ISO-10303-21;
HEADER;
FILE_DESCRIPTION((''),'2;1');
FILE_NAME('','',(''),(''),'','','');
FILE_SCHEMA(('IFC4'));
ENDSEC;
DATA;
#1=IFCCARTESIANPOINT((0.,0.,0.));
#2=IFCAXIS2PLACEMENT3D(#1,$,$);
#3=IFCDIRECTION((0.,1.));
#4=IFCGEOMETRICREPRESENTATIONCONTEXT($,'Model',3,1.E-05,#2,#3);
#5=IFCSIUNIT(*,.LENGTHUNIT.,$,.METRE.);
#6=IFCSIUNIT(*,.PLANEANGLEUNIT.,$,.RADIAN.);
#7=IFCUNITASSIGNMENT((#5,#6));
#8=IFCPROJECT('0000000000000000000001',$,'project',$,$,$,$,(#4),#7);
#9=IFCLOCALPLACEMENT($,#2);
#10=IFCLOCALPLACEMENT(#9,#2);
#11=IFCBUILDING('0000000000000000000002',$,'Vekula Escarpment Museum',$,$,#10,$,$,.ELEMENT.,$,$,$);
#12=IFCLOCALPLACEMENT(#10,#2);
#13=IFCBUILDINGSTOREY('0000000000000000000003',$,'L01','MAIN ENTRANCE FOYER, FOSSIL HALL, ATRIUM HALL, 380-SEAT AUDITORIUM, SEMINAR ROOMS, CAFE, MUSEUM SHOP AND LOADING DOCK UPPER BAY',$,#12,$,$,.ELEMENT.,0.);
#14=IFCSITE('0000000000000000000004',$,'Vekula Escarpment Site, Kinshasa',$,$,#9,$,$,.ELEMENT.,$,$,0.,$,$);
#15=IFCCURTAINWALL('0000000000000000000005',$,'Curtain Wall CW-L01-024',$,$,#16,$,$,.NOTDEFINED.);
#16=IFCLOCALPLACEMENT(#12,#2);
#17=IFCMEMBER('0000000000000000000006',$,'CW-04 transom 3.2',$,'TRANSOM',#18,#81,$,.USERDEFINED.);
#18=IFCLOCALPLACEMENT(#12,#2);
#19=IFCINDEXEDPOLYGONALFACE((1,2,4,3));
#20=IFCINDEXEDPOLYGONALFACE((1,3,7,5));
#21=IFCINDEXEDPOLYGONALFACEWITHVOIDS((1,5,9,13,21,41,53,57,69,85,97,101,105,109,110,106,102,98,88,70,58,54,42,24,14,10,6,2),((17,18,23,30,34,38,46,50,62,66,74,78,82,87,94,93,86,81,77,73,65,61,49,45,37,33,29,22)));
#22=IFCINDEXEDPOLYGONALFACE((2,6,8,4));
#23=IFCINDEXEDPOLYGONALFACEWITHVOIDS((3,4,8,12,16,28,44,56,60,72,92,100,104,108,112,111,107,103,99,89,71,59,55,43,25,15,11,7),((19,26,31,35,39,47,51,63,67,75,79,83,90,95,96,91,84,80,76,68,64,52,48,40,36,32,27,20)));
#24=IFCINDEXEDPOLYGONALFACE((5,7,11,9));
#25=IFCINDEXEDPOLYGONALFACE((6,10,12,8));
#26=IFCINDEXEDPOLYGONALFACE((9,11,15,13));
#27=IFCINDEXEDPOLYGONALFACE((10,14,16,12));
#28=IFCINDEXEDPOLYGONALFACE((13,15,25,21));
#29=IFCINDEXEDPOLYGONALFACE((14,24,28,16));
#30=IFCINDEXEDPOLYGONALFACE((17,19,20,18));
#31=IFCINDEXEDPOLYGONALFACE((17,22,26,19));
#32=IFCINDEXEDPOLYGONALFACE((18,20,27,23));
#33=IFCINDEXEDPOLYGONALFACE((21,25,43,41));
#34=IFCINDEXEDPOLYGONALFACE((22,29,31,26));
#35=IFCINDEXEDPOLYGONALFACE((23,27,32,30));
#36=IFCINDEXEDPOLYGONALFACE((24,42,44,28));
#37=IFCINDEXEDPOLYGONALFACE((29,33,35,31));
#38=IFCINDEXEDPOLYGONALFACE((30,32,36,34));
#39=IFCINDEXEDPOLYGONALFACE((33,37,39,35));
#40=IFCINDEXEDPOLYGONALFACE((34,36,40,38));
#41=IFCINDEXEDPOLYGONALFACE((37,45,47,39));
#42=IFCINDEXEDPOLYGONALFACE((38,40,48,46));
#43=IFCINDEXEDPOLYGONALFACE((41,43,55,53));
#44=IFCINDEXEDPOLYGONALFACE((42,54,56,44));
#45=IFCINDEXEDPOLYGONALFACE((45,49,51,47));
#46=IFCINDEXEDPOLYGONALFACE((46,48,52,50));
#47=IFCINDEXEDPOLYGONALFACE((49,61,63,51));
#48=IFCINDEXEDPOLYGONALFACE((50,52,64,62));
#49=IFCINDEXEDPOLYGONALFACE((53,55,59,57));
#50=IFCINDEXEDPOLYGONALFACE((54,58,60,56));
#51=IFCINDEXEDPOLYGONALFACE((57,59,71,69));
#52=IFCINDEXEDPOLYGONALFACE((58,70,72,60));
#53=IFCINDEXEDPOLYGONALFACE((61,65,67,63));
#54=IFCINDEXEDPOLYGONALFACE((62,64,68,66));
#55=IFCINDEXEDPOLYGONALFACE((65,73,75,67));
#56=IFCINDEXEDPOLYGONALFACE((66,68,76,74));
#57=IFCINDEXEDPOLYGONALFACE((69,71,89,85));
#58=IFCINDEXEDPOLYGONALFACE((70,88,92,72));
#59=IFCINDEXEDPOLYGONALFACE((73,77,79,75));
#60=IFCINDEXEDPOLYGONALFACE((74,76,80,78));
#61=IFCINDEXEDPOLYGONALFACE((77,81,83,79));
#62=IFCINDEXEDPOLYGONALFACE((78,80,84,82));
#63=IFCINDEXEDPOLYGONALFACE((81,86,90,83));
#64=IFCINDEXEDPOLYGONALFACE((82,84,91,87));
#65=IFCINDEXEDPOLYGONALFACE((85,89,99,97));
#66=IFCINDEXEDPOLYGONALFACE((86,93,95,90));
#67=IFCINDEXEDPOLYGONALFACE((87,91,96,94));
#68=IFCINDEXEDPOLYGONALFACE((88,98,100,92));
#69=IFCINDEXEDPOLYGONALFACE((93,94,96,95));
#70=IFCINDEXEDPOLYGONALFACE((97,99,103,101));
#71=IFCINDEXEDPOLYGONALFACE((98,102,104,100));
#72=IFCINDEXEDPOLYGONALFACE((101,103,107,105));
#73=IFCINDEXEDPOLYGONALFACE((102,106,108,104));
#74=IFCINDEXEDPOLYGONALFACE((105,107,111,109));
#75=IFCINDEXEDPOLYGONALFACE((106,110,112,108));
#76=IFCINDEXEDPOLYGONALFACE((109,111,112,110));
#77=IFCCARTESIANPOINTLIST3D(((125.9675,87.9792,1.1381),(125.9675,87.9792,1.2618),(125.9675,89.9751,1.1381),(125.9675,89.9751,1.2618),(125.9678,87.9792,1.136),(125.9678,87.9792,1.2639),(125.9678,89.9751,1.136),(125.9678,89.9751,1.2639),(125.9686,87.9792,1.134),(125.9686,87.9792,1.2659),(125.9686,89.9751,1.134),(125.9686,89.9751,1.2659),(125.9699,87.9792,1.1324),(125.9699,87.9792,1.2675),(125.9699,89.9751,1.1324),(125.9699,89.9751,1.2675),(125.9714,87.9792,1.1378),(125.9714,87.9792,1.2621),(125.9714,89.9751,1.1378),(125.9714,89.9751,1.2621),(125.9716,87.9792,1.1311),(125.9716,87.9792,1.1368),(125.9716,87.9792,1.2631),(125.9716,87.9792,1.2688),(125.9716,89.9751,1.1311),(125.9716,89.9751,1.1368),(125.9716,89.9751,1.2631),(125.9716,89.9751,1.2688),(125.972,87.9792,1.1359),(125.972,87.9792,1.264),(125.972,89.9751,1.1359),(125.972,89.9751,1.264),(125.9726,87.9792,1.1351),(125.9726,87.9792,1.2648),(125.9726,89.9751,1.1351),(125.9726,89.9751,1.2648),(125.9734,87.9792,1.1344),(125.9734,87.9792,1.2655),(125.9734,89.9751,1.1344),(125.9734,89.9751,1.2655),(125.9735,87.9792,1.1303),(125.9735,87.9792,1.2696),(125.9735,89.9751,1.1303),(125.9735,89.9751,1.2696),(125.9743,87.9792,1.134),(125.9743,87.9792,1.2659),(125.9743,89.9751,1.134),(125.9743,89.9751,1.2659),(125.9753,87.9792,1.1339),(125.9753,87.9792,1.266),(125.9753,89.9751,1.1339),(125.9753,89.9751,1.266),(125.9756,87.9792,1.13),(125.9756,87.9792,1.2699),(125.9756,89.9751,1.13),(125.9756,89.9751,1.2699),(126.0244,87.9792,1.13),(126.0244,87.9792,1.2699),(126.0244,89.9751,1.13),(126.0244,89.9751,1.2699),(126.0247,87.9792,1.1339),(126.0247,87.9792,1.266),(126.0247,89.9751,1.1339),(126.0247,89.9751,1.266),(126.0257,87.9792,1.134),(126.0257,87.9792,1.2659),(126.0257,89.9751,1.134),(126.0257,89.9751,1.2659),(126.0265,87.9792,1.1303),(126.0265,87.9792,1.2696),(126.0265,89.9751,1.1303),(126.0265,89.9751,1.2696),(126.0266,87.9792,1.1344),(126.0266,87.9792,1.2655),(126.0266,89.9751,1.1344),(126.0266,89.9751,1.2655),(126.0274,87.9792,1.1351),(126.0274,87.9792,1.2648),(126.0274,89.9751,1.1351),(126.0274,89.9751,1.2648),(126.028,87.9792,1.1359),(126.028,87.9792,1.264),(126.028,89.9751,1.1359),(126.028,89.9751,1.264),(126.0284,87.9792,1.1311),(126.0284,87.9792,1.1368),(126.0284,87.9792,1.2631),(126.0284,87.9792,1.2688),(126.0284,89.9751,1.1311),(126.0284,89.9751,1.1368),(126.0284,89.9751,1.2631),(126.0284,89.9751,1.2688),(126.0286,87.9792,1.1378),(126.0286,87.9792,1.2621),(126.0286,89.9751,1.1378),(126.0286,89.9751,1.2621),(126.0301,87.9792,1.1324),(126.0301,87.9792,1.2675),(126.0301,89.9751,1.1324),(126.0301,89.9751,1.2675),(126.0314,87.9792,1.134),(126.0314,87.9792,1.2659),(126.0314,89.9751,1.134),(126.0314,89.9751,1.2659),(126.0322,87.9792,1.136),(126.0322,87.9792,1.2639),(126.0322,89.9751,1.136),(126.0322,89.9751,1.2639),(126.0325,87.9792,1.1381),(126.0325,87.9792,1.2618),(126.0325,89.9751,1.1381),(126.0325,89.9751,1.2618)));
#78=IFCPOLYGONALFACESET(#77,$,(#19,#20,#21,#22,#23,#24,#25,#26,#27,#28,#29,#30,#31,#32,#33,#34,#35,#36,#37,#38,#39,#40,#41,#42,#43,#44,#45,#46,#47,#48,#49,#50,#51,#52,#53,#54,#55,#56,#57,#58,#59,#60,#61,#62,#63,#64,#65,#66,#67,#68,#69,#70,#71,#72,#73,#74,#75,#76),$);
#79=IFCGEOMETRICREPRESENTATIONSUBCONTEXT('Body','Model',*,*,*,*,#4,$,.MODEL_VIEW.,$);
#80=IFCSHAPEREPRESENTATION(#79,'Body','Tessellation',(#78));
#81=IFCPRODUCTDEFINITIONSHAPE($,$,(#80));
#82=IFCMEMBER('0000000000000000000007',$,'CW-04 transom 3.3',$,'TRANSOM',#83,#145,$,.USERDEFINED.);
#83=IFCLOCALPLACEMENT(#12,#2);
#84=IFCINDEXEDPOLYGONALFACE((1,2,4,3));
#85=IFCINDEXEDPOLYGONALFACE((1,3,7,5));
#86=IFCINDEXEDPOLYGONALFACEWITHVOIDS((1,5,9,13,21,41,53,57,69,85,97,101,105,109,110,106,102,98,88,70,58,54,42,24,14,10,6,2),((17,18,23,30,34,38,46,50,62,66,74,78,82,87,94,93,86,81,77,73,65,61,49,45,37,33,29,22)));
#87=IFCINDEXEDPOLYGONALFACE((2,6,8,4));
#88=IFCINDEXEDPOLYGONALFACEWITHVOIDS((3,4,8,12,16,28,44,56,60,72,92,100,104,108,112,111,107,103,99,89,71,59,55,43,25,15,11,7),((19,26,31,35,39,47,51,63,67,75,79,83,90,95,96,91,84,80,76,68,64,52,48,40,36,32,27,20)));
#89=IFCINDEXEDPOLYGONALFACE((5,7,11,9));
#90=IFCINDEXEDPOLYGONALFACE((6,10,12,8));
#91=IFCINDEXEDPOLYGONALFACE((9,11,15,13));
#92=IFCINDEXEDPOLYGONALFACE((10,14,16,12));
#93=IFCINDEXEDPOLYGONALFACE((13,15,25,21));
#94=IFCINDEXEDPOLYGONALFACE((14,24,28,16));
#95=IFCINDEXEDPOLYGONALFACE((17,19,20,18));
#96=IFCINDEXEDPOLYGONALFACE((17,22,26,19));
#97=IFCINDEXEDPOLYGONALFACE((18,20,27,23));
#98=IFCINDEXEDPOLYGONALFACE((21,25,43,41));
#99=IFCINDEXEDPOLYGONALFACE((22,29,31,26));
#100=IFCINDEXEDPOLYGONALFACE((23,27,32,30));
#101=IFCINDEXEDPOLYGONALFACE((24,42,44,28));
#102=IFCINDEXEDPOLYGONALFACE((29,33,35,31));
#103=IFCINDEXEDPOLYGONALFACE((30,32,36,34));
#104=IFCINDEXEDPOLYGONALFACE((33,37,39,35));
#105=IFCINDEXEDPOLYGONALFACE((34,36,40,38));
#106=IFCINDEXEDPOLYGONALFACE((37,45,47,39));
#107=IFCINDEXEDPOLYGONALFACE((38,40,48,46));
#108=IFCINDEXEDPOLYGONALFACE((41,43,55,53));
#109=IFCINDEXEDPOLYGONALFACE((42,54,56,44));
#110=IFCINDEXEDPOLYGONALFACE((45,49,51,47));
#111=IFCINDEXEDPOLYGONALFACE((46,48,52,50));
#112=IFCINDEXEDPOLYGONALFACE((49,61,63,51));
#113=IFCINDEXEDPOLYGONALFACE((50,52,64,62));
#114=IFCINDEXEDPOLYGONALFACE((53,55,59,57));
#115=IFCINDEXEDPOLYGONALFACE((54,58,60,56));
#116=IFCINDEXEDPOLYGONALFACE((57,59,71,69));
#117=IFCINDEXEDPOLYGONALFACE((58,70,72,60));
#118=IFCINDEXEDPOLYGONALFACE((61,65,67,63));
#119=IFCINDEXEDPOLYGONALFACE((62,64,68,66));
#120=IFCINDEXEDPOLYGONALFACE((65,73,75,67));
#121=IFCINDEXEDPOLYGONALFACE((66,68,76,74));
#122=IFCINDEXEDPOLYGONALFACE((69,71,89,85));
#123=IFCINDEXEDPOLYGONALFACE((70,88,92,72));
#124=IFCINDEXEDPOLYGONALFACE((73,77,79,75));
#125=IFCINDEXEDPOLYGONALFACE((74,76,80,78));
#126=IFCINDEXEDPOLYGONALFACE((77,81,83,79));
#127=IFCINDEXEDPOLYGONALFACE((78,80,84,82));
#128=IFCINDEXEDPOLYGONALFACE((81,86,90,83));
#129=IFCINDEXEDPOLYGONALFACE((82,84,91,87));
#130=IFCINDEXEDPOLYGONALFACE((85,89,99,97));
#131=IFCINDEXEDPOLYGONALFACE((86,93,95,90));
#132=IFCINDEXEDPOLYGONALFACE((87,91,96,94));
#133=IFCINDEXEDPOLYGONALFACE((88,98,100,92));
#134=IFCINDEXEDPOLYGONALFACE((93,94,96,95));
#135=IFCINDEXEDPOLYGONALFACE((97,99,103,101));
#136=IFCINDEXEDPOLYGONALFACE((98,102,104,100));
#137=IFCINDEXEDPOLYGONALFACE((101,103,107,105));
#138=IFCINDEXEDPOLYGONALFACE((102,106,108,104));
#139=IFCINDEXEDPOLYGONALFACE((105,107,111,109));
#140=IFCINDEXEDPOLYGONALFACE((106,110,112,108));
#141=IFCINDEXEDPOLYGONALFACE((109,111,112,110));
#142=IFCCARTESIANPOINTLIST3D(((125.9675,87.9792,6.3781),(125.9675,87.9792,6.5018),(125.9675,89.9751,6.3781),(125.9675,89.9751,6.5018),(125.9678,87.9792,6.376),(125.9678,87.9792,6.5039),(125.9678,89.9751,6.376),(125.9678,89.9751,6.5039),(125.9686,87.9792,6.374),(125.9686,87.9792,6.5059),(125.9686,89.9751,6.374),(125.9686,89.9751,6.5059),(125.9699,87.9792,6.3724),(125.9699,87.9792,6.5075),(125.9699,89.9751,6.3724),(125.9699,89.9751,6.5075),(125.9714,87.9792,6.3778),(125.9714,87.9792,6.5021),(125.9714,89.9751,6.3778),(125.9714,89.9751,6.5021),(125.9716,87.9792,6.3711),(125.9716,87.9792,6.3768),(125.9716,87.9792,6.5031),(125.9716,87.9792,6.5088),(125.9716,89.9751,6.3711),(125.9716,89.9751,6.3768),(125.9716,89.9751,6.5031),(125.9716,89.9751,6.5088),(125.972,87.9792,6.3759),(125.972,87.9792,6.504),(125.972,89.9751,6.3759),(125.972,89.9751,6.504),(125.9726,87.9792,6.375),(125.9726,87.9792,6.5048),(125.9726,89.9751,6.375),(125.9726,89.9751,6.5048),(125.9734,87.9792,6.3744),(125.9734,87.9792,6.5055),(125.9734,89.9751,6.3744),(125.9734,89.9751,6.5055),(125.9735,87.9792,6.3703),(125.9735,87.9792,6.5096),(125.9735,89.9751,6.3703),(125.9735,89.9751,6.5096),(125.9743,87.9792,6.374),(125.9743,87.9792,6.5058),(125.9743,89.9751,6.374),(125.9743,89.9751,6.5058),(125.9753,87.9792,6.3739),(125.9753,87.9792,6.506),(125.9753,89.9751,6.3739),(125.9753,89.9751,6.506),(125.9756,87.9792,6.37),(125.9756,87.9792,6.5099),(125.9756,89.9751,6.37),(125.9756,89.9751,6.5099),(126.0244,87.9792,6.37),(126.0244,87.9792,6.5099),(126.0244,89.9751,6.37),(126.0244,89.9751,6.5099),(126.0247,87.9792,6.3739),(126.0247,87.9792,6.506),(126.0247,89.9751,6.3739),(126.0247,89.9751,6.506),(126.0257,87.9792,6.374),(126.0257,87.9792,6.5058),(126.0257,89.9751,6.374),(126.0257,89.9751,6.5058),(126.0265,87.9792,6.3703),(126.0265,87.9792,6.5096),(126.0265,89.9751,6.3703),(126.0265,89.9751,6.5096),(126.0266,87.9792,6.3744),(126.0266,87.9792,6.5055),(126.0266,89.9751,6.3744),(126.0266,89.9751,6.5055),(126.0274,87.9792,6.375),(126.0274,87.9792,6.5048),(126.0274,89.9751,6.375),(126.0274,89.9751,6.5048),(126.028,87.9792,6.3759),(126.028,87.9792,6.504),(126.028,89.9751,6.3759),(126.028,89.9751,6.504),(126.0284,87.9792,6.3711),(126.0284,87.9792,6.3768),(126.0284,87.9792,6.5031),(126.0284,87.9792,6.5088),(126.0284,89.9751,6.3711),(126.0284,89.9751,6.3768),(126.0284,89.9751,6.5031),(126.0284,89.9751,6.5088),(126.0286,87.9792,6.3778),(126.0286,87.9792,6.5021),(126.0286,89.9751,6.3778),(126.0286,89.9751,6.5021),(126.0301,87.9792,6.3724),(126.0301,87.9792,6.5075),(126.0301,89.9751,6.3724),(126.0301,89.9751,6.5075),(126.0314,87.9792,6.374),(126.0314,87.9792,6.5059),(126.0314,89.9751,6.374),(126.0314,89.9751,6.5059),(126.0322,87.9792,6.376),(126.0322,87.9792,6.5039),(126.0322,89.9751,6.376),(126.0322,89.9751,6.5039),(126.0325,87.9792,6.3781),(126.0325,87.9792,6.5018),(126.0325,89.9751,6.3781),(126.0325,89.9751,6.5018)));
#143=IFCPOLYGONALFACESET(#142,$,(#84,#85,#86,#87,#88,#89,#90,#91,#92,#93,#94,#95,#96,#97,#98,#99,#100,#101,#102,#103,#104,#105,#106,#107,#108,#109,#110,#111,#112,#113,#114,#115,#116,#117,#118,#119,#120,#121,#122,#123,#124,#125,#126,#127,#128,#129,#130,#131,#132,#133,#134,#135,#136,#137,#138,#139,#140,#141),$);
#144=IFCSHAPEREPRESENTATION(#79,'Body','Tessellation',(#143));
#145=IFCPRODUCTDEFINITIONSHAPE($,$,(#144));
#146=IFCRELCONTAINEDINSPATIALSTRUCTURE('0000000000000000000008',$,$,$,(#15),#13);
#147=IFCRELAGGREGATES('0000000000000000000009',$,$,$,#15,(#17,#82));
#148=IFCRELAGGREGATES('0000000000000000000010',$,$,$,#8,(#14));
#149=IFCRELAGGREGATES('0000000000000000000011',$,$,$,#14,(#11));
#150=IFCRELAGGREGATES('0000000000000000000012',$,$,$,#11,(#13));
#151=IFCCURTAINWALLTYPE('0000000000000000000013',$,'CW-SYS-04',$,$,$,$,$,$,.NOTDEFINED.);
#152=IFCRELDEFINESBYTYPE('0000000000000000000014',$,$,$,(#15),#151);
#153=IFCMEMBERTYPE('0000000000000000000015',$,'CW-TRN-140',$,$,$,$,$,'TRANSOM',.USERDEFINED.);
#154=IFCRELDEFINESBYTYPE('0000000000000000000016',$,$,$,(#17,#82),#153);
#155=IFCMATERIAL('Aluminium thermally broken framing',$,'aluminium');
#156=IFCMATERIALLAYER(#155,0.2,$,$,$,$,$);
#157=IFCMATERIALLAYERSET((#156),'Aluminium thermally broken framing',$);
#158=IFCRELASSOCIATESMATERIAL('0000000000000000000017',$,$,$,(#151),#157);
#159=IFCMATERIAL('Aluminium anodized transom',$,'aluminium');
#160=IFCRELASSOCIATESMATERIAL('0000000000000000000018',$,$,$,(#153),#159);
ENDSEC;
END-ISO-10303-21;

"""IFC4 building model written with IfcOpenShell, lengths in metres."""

from ifc_helpers import new_model, si_unit, direction, frame, origin, origin_2d, place, context, subcontext, project, spatial, hollow_rectangle, extrude, material, layer, layer_set, material_profile, profile_set, type_object, element, aggregate, save


model = new_model("IFC4")

# Units and contexts
model_context = context("Model", 3, precision=1e-05, world=origin(), true_north=direction((0.0, 1.0)))
body_context = subcontext(model_context, "Body", "Model", "MODEL_VIEW")
ifc_project = project(units=[si_unit("LENGTHUNIT", "METRE"), si_unit("PLANEANGLEUNIT", "RADIAN")], contexts=[model_context])

# Site, building, storey
site_placement = place(None, origin())
site = spatial("IfcSite", under=ifc_project, at=site_placement, Name="Vekula Escarpment Site, Kinshasa", CompositionType="ELEMENT", RefElevation=0.0)
building_placement = place(site_placement, origin())
building = spatial("IfcBuilding", under=site, at=building_placement, Name="Vekula Escarpment Museum", CompositionType="ELEMENT")
storey_placement = place(building_placement, origin())
storey = spatial("IfcBuildingStorey", under=building, at=storey_placement, Name="L01", Description="MAIN ENTRANCE FOYER, FOSSIL HALL, ATRIUM HALL, 380-SEAT AUDITORIUM, SEMINAR ROOMS, CAFE, MUSEUM SHOP AND LOADING DOCK UPPER BAY", CompositionType="ELEMENT", Elevation=0.0)

# Curtain wall, members
ifc_material_1 = material(Name="Aluminium thermally broken framing", Category="aluminium")
ifc_layer_1 = layer(ifc_material_1, 0.2)
ifc_layer_set_1 = layer_set([ifc_layer_1], Name="Aluminium thermally broken framing")
curtain_wall_type = type_object("IfcCurtainWallType", Name="CW-SYS-04", PredefinedType="NOTDEFINED", material=ifc_layer_set_1)
curtain_wall_placement = place(storey_placement, origin())
curtain_wall = element("IfcCurtainWall", 1, at=curtain_wall_placement, inside=storey, type_object=curtain_wall_type, Name="Curtain Wall CW-L01-024", PredefinedType="NOTDEFINED")
ifc_material_2 = material(Name="Aluminium anodized transom", Category="aluminium")
ifc_material_profile_1 = material_profile(ifc_material_2, hollow_rectangle(XDim=0.0649, YDim=0.1399, WallThickness=0.0039, InnerFilletRadius=0.0039, OuterFilletRadius=0.0081, at=origin_2d()), Name="ALU 140x65x4")
ifc_profile_set_1 = profile_set([ifc_material_profile_1], Name="Aluminium anodized transom")
member_type_1 = type_object("IfcMemberType", Name="CW-TRN-140", ElementType="TRANSOM", PredefinedType="USERDEFINED", material=ifc_profile_set_1)
member_1_placement = place(storey_placement, frame((126.0, 87.9792, 1.2), z_axis=(0.0, 1.0, 0.0), x_axis=(-1.0, 0.0, 0.0)))
member_1 = element("IfcMember", 2, at=member_1_placement, type_object=member_type_1, Name="CW-04 transom 3.2", ObjectType="TRANSOM", PredefinedType="USERDEFINED", context=body_context, shape_type="SweptSolid", body=[
    extrude(hollow_rectangle(XDim=0.0649, YDim=0.1399, WallThickness=0.0039, InnerFilletRadius=0.0039, OuterFilletRadius=0.0081, at=origin_2d()), origin(), (0.0, 0.0, 1.0), 1.9958),
])
member_2_placement = place(storey_placement, frame((126.0, 87.9792, 6.4399), z_axis=(0.0, 1.0, 0.0), x_axis=(-1.0, 0.0, 0.0)))
member_2 = element("IfcMember", 3, at=member_2_placement, type_object=member_type_1, Name="CW-04 transom 3.3", ObjectType="TRANSOM", PredefinedType="USERDEFINED", context=body_context, shape_type="SweptSolid", body=[
    extrude(hollow_rectangle(XDim=0.0649, YDim=0.1399, WallThickness=0.0039, InnerFilletRadius=0.0039, OuterFilletRadius=0.0081, at=origin_2d()), origin(), (0.0, 0.0, 1.0), 1.9958),
])

aggregate(curtain_wall, [member_1, member_2])

save(model, "model.ifc")
